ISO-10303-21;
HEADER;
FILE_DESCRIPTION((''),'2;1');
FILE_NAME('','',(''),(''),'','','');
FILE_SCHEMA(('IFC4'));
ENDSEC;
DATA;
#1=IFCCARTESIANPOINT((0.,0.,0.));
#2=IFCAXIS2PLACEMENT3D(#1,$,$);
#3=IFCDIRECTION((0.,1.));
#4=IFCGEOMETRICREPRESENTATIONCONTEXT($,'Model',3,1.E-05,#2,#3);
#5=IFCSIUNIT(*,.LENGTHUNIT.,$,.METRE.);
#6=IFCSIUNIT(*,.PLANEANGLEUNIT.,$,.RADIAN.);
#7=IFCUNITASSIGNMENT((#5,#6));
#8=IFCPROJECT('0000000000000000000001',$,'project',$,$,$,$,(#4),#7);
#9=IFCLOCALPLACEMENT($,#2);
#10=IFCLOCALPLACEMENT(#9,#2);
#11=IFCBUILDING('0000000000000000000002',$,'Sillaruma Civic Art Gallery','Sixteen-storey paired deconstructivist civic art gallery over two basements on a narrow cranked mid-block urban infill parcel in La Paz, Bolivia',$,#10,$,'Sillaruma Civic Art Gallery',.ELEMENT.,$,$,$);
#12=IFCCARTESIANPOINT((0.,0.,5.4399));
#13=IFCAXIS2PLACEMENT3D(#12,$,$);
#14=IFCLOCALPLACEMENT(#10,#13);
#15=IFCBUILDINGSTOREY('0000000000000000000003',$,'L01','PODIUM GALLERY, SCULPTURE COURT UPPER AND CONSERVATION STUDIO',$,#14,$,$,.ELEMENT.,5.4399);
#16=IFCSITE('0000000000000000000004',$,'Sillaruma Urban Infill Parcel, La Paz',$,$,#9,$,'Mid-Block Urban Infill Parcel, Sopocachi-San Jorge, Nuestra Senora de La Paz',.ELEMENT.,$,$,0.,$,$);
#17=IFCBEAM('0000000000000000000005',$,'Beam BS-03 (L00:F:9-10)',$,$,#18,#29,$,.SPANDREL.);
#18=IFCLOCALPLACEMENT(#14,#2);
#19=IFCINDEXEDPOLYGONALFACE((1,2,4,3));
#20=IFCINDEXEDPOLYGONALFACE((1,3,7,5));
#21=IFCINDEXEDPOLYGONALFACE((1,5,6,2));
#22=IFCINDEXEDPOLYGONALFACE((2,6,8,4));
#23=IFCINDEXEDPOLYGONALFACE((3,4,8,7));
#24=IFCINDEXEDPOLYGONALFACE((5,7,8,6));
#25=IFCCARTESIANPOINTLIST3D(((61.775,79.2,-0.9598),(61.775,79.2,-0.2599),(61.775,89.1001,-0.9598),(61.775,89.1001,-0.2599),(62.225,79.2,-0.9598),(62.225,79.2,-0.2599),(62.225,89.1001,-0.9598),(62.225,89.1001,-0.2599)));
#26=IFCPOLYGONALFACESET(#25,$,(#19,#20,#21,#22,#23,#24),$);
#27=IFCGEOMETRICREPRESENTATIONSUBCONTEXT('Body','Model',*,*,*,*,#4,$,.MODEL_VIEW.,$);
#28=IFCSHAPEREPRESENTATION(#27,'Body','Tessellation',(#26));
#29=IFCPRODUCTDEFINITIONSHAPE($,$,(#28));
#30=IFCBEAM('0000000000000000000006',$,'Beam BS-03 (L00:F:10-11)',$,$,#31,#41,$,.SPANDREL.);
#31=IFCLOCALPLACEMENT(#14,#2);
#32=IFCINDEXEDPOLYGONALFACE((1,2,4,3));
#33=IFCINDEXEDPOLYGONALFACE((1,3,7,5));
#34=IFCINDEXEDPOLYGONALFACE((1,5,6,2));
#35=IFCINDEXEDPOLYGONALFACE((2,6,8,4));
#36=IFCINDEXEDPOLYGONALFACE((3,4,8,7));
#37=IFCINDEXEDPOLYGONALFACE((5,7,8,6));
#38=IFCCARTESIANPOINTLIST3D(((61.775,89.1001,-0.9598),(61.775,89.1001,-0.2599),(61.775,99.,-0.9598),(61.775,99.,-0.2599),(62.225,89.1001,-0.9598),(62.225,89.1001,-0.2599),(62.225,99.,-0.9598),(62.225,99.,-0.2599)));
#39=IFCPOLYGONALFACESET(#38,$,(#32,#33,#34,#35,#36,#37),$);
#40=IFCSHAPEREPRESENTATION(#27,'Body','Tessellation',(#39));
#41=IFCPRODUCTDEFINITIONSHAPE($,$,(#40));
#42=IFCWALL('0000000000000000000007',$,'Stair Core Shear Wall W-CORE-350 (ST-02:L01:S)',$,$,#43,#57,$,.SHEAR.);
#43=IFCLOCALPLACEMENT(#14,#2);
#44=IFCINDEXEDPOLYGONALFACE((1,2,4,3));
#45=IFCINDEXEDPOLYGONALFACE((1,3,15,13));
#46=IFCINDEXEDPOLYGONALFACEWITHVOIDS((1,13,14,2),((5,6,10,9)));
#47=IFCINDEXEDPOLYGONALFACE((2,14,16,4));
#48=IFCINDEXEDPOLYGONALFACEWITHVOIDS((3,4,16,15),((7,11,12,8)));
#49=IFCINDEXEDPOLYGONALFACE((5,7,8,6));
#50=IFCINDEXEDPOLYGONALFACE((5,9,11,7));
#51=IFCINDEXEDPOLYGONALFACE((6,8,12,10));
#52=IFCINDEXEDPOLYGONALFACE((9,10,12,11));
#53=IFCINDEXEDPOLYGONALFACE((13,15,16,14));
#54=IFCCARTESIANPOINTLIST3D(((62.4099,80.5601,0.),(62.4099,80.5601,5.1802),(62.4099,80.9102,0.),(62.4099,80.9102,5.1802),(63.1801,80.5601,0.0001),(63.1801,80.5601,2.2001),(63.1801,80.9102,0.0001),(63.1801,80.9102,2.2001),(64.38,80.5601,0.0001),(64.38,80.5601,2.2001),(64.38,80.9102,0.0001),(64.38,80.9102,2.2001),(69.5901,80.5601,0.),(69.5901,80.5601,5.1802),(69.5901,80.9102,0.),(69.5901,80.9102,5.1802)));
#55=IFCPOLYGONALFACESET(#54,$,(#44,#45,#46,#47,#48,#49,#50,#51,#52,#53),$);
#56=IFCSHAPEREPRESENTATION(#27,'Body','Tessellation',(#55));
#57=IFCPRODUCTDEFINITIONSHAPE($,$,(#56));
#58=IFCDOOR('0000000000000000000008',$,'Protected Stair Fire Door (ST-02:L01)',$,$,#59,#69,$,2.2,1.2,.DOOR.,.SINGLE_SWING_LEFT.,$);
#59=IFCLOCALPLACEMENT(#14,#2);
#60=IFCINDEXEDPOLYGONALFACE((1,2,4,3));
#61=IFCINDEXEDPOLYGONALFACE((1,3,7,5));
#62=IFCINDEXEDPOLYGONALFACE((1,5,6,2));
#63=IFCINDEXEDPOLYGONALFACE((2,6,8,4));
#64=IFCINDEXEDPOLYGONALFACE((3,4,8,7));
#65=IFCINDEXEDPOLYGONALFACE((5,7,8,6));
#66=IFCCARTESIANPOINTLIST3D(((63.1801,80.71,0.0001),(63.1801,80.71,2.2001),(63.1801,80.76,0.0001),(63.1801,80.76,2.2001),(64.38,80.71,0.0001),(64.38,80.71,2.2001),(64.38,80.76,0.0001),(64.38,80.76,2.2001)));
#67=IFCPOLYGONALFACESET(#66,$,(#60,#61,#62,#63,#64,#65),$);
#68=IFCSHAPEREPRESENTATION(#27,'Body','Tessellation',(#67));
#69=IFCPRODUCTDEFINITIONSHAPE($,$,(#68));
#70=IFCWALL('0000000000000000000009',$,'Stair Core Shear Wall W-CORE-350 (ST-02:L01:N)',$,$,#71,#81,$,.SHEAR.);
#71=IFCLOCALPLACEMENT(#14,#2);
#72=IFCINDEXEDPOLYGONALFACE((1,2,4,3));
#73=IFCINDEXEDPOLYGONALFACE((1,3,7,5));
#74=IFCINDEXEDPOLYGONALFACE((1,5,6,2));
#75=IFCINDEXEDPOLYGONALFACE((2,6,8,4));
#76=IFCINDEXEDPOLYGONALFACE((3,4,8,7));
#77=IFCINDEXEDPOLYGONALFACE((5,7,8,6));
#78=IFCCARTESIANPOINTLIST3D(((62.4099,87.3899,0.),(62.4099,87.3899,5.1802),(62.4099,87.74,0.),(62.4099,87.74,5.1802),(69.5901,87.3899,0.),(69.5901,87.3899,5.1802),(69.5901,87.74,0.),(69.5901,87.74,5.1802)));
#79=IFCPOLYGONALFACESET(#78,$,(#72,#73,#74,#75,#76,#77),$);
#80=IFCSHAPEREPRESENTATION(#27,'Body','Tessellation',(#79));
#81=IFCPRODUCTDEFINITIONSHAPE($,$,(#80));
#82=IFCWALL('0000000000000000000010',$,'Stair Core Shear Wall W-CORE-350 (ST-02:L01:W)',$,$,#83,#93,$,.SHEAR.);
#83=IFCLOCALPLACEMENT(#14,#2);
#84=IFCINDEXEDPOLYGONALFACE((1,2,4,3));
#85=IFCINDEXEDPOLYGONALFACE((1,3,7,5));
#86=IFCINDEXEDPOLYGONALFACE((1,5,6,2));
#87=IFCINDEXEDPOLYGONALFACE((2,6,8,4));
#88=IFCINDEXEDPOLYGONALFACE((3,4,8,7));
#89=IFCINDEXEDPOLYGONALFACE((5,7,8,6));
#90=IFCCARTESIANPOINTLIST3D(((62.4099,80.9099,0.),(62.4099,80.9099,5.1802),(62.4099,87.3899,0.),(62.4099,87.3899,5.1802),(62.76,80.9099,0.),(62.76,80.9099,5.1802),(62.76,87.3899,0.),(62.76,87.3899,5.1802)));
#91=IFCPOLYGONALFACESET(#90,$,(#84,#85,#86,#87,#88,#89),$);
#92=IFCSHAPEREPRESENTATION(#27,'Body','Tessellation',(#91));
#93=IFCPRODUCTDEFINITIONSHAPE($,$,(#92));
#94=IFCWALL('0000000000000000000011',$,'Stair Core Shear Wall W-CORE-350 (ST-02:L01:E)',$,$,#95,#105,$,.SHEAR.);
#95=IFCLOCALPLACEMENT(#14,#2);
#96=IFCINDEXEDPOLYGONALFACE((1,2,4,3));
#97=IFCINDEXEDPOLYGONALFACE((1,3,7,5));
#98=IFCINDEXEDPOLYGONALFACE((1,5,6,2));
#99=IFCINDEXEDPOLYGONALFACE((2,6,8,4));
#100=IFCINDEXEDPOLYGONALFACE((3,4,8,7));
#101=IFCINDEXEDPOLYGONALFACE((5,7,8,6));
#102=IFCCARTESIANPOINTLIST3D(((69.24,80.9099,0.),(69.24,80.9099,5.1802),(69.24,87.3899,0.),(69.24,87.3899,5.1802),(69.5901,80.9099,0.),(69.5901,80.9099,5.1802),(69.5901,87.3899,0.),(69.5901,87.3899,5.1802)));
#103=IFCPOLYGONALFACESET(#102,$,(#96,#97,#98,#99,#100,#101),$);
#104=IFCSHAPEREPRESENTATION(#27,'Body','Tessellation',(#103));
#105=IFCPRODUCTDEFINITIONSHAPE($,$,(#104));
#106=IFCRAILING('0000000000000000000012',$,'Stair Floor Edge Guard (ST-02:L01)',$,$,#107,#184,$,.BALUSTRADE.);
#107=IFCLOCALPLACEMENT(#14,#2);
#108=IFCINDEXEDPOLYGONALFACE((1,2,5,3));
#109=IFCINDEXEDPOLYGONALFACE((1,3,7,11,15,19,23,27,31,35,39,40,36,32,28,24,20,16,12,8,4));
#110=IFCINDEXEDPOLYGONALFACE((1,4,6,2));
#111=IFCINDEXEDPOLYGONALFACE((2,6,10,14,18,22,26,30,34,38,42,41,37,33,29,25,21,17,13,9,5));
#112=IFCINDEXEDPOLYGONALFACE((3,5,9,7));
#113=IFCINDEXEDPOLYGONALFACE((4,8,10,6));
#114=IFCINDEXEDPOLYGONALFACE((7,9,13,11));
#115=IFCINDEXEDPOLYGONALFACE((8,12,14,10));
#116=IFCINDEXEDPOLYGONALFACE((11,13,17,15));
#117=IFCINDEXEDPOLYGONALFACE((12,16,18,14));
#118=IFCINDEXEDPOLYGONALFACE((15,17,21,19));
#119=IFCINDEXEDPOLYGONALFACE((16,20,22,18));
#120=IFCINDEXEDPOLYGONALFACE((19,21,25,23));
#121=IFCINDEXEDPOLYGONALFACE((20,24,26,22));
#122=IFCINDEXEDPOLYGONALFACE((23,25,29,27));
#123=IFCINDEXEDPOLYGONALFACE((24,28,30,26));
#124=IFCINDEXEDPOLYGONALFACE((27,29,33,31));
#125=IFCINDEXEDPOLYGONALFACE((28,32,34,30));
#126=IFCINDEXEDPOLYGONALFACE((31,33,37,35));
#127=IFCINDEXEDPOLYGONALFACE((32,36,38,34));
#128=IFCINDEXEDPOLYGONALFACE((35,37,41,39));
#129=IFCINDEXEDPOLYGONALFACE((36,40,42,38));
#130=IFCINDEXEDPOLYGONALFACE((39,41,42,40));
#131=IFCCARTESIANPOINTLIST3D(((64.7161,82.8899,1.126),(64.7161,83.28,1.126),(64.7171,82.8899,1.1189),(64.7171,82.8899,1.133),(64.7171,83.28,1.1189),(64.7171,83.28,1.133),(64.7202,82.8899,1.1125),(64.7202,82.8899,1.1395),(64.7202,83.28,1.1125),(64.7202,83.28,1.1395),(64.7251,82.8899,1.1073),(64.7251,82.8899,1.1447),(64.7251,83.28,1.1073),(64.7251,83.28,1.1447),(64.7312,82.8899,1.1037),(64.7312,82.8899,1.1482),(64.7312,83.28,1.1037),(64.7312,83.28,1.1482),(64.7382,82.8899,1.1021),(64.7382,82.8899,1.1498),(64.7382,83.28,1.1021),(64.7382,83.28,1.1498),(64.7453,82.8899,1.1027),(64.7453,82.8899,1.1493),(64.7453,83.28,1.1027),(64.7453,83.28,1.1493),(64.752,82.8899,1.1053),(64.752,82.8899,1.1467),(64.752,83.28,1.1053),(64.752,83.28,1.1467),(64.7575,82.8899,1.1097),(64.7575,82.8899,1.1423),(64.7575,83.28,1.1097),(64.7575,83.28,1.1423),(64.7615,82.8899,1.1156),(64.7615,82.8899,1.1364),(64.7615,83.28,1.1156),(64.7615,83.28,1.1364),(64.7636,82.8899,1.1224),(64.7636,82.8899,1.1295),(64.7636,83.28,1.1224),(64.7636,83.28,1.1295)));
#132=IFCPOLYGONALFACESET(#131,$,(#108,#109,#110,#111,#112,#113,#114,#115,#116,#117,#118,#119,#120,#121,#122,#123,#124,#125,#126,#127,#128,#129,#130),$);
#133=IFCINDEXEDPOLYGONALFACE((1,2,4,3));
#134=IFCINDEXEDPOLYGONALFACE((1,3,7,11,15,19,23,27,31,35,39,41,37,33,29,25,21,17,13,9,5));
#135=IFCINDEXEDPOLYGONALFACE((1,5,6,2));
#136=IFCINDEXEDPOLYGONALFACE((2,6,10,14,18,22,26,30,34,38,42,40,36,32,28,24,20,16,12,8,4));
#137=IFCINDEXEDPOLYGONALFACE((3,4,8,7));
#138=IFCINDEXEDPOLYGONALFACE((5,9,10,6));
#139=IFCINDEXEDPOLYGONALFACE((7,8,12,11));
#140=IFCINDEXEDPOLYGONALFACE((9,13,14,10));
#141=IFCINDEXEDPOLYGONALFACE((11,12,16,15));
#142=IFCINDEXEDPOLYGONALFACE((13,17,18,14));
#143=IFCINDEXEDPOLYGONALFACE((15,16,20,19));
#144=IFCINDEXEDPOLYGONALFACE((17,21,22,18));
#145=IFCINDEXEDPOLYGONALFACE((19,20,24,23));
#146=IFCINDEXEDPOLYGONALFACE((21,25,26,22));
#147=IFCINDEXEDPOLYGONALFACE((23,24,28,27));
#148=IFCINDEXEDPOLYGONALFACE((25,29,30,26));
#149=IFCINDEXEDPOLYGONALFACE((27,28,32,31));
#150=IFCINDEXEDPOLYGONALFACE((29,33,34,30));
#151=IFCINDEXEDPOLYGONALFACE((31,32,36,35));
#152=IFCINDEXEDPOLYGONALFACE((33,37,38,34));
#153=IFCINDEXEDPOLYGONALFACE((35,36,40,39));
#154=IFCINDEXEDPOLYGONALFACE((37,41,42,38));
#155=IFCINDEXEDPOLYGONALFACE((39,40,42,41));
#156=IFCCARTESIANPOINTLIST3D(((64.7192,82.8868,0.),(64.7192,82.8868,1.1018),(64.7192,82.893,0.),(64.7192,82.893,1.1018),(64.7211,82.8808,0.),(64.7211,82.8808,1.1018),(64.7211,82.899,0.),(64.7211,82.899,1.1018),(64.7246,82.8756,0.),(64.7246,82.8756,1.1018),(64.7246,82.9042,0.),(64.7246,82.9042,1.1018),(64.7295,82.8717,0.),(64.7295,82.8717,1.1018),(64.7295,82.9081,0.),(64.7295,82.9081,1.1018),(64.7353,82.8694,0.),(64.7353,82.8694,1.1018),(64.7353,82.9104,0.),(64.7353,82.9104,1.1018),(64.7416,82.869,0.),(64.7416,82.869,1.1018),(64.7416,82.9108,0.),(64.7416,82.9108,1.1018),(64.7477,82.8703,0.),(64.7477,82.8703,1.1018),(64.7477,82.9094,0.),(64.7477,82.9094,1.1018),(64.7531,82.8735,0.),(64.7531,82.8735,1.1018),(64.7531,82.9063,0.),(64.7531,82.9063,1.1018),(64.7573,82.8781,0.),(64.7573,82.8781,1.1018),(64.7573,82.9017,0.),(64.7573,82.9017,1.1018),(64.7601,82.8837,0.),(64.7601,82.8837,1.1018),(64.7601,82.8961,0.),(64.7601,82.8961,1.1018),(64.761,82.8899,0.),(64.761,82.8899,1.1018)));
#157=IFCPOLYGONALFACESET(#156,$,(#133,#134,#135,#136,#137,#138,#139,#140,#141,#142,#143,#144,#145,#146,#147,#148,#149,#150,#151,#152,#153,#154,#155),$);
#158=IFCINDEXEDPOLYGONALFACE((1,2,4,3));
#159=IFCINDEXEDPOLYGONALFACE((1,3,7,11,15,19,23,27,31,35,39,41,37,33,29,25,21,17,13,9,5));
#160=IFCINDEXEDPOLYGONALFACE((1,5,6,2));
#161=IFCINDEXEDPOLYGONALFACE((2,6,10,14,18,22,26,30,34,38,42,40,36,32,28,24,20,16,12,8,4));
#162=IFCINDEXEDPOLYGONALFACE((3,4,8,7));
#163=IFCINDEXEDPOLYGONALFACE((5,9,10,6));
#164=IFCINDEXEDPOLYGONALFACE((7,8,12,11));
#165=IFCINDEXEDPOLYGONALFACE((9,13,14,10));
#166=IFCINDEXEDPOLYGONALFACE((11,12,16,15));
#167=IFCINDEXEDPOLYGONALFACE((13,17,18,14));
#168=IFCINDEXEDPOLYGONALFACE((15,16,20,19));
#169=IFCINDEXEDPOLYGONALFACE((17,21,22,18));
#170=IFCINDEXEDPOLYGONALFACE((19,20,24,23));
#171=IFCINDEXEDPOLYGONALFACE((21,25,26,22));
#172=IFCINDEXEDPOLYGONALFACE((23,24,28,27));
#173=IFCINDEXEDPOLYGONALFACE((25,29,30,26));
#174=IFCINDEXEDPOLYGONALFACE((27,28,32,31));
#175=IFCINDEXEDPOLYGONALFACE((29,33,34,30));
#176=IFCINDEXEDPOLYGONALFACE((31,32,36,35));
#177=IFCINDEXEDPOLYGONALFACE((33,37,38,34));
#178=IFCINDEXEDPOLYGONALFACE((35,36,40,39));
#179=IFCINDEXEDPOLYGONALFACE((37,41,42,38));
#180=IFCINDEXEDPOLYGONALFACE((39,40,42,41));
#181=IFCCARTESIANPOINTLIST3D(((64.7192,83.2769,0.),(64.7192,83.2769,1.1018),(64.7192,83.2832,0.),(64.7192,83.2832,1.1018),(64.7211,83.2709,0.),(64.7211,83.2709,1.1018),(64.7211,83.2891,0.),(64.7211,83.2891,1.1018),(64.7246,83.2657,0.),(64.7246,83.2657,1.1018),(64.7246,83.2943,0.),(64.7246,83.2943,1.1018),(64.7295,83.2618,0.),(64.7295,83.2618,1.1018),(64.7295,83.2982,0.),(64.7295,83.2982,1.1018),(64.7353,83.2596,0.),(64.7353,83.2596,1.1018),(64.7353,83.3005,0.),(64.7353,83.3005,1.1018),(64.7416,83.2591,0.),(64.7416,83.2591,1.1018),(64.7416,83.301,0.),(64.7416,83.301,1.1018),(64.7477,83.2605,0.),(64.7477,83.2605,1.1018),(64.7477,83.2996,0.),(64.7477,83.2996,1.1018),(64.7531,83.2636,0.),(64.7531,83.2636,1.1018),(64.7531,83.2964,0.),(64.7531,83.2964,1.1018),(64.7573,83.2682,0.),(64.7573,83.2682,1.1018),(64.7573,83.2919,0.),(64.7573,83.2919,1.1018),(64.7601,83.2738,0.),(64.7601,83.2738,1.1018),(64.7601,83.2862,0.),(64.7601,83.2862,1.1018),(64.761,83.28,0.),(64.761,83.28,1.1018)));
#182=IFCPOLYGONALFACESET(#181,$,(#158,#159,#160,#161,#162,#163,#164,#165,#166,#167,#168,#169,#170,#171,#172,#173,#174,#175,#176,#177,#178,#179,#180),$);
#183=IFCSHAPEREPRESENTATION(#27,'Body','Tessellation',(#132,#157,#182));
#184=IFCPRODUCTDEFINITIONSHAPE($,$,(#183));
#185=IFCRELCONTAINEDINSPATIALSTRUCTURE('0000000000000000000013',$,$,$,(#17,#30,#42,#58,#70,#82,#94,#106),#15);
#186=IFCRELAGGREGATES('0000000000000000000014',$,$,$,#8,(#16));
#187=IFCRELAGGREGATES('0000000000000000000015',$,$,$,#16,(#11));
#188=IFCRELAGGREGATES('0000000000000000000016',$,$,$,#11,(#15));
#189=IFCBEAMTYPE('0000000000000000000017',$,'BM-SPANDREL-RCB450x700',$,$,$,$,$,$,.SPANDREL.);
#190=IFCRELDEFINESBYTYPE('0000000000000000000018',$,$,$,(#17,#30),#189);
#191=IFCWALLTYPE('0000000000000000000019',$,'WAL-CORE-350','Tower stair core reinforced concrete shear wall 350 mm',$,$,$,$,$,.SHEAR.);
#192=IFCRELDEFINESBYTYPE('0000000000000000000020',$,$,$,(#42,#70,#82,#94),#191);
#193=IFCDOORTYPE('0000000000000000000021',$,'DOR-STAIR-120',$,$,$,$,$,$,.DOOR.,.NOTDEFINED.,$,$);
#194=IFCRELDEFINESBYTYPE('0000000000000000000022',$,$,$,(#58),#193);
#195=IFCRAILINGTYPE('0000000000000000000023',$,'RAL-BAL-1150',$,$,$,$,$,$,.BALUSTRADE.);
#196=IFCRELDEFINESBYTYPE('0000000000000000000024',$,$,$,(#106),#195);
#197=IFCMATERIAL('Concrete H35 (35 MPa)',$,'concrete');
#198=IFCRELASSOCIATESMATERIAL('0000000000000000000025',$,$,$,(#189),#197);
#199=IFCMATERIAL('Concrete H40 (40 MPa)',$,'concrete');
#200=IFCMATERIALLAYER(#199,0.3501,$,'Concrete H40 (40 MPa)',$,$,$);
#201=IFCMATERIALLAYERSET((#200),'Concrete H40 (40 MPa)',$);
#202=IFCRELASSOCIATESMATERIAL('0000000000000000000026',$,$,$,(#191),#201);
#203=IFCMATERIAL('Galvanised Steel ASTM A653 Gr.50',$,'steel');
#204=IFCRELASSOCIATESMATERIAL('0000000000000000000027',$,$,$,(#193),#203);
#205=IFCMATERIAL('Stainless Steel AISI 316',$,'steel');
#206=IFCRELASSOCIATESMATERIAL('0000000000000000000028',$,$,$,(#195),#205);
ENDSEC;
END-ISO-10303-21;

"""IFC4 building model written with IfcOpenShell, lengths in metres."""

from ifc_helpers import new_model, si_unit, direction, frame, frame_2d, origin, origin_2d, place, context, subcontext, project, spatial, rectangle, circle, extrude, material, layer, layer_set, material_profile, profile_set, type_object, element, fill, save


model = new_model("IFC4")

# Units and contexts
model_context = context("Model", 3, precision=1e-05, world=origin(), true_north=direction((0.0, 1.0)))
body_context = subcontext(model_context, "Body", "Model", "MODEL_VIEW")
ifc_project = project(units=[si_unit("LENGTHUNIT", "METRE"), si_unit("PLANEANGLEUNIT", "RADIAN")], contexts=[model_context])

# Site, building, storey
site_placement = place(None, origin())
site = spatial("IfcSite", under=ifc_project, at=site_placement, Name="Sillaruma Urban Infill Parcel, La Paz", LongName="Mid-Block Urban Infill Parcel, Sopocachi-San Jorge, Nuestra Senora de La Paz", CompositionType="ELEMENT", RefElevation=0.0)
building_placement = place(site_placement, origin())
building = spatial("IfcBuilding", under=site, at=building_placement, Name="Sillaruma Civic Art Gallery", Description="Sixteen-storey paired deconstructivist civic art gallery over two basements on a narrow cranked mid-block urban infill parcel in La Paz, Bolivia", LongName="Sillaruma Civic Art Gallery", CompositionType="ELEMENT")
storey_placement = place(building_placement, frame((0.0, 0.0, 5.4399)))
storey = spatial("IfcBuildingStorey", under=building, at=storey_placement, Name="L01", Description="PODIUM GALLERY, SCULPTURE COURT UPPER AND CONSERVATION STUDIO", CompositionType="ELEMENT", Elevation=5.4399)

# Shared definitions
ifc_material_1 = material(Name="Concrete H40 (40 MPa)", Category="concrete")

# Beams
ifc_material_2 = material(Name="Concrete H35 (35 MPa)", Category="concrete")
ifc_material_profile_1 = material_profile(ifc_material_2, rectangle(XDim=0.45, YDim=0.7, at=origin_2d()), Name="RCB450x700")
ifc_profile_set_1 = profile_set([ifc_material_profile_1], Name="Concrete H35 (35 MPa)")
beam_type_1 = type_object("IfcBeamType", Name="BM-SPANDREL-RCB450x700", PredefinedType="SPANDREL", material=ifc_profile_set_1)
beam_1_placement = place(storey_placement, frame((62.0, 79.2, -0.6099), z_axis=(0.0, 1.0, 0.0), x_axis=(-1.0, 0.0, 0.0)))
element("IfcBeam", 1, at=beam_1_placement, inside=storey, type_object=beam_type_1, Name="Beam BS-03 (L00:F:9-10)", PredefinedType="SPANDREL", context=body_context, shape_type="SweptSolid", body=[
    extrude(rectangle(XDim=0.45, YDim=0.7, at=origin_2d()), origin(), (0.0, 0.0, 1.0), 9.9001),
])
beam_2_placement = place(storey_placement, frame((62.0, 89.1001, -0.6099), z_axis=(0.0, 1.0, 0.0), x_axis=(-1.0, 0.0, 0.0)))
element("IfcBeam", 2, at=beam_2_placement, inside=storey, type_object=beam_type_1, Name="Beam BS-03 (L00:F:10-11)", PredefinedType="SPANDREL", context=body_context, shape_type="SweptSolid", body=[
    extrude(rectangle(XDim=0.45, YDim=0.7, at=origin_2d()), origin(), (0.0, 0.0, 1.0), 9.8999),
])

# Wall, opening, door
ifc_layer = layer(ifc_material_1, 0.3501, Name="Concrete H40 (40 MPa)")
ifc_layer_set = layer_set([ifc_layer], Name="Concrete H40 (40 MPa)")
wall_type = type_object("IfcWallType", Name="WAL-CORE-350", Description="Tower stair core reinforced concrete shear wall 350 mm", PredefinedType="SHEAR", material=ifc_layer_set)
wall_1_placement = place(storey_placement, frame((62.4099, 80.7351, 0.0), z_axis=(0.0, 0.0, 1.0), x_axis=(1.0, 0.0, 0.0)))
wall_1 = element("IfcWall", 3, at=wall_1_placement, inside=storey, type_object=wall_type, Name="Stair Core Shear Wall W-CORE-350 (ST-02:L01:S)", PredefinedType="SHEAR", context=body_context, shape_type="SweptSolid", body=[
    extrude(rectangle(XDim=7.1802, YDim=0.3501, at=frame_2d((3.5901, 0.0))), origin(), (0.0, 0.0, 1.0), 5.1802),
])
opening_placement = place(wall_1_placement, frame((0.77, 0.0, 0.0)))
opening = element("IfcOpeningElement", 4, at=opening_placement, cuts=wall_1, PredefinedType="OPENING", context=body_context, shape_type="SweptSolid", body=[
    extrude(rectangle(XDim=1.2, YDim=2.2, at=frame_2d((0.6001, 1.1001))), frame((0.0, 0.1851, 0.0), z_axis=(0.0, -1.0, 0.0), x_axis=(1.0, 0.0, 0.0)), (0.0, 0.0, 1.0), 0.3701),
])
ifc_material_3 = material(Name="Galvanised Steel ASTM A653 Gr.50", Category="steel")
door_type = type_object("IfcDoorType", Name="DOR-STAIR-120", OperationType="NOTDEFINED", PredefinedType="DOOR", material=ifc_material_3)
door_placement = place(opening_placement, origin())
door = element("IfcDoor", 5, at=door_placement, inside=storey, type_object=door_type, Name="Protected Stair Fire Door (ST-02:L01)", OperationType="SINGLE_SWING_LEFT", OverallHeight=2.2, OverallWidth=1.2, PredefinedType="DOOR", context=body_context, shape_type="SweptSolid", body=[
    extrude(rectangle(XDim=1.2, YDim=2.2, at=frame_2d((0.6001, 1.1001))), frame((0.0, 0.0249, 0.0), z_axis=(0.0, -1.0, 0.0), x_axis=(1.0, 0.0, 0.0)), (0.0, 0.0, 1.0), 0.05),
])
fill(opening, door)

# Walls
wall_2_placement = place(storey_placement, frame((62.4099, 87.5649, 0.0), z_axis=(0.0, 0.0, 1.0), x_axis=(1.0, 0.0, 0.0)))
element("IfcWall", 6, at=wall_2_placement, inside=storey, type_object=wall_type, Name="Stair Core Shear Wall W-CORE-350 (ST-02:L01:N)", PredefinedType="SHEAR", context=body_context, shape_type="SweptSolid", body=[
    extrude(rectangle(XDim=7.1802, YDim=0.3501, at=frame_2d((3.5901, 0.0))), origin(), (0.0, 0.0, 1.0), 5.1802),
])
for number, where, z_axis, x_axis, name in (
    (7, (62.585, 80.9099, 0.0), (0.0, 0.0, 1.0), (0.0, 1.0, 0.0), "Stair Core Shear Wall W-CORE-350 (ST-02:L01:W)"),
    (8, (69.415, 80.9099, 0.0), (0.0, 0.0, 1.0), (0.0, 1.0, 0.0), "Stair Core Shear Wall W-CORE-350 (ST-02:L01:E)"),
):
    element("IfcWall", number, at=place(storey_placement, frame(where, z_axis=z_axis, x_axis=x_axis)), inside=storey, type_object=wall_type, Name=name, PredefinedType="SHEAR", context=body_context, shape_type="SweptSolid", body=[
        extrude(rectangle(XDim=6.48, YDim=0.3501, at=frame_2d((3.24, 0.0))), origin(), (0.0, 0.0, 1.0), 5.1802),
    ])

# Railing
ifc_material_4 = material(Name="Stainless Steel AISI 316", Category="steel")
railing_type_1 = type_object("IfcRailingType", Name="RAL-BAL-1150", PredefinedType="BALUSTRADE", material=ifc_material_4)
railing_1_placement = place(storey_placement, frame((64.74, 82.8899, 0.0)))
element("IfcRailing", 9, at=railing_1_placement, inside=storey, type_object=railing_type_1, Name="Stair Floor Edge Guard (ST-02:L01)", PredefinedType="BALUSTRADE", context=body_context, shape_type="SweptSolid", body=[
    extrude(circle(Radius=0.0239, at=origin_2d()), frame((0.0, 0.0, 1.126), z_axis=(0.0, 1.0, 0.0), x_axis=(-1.0, 0.0, 0.0)), (0.0, 0.0, 1.0), 0.3901),
    extrude(circle(Radius=0.021, at=origin_2d()), origin(), (0.0, 0.0, 1.0), 1.1018),
    extrude(circle(Radius=0.021, at=origin_2d()), frame((0.0, 0.3901, 0.0)), (0.0, 0.0, 1.0), 1.1018),
])

save(model, "model.ifc")
